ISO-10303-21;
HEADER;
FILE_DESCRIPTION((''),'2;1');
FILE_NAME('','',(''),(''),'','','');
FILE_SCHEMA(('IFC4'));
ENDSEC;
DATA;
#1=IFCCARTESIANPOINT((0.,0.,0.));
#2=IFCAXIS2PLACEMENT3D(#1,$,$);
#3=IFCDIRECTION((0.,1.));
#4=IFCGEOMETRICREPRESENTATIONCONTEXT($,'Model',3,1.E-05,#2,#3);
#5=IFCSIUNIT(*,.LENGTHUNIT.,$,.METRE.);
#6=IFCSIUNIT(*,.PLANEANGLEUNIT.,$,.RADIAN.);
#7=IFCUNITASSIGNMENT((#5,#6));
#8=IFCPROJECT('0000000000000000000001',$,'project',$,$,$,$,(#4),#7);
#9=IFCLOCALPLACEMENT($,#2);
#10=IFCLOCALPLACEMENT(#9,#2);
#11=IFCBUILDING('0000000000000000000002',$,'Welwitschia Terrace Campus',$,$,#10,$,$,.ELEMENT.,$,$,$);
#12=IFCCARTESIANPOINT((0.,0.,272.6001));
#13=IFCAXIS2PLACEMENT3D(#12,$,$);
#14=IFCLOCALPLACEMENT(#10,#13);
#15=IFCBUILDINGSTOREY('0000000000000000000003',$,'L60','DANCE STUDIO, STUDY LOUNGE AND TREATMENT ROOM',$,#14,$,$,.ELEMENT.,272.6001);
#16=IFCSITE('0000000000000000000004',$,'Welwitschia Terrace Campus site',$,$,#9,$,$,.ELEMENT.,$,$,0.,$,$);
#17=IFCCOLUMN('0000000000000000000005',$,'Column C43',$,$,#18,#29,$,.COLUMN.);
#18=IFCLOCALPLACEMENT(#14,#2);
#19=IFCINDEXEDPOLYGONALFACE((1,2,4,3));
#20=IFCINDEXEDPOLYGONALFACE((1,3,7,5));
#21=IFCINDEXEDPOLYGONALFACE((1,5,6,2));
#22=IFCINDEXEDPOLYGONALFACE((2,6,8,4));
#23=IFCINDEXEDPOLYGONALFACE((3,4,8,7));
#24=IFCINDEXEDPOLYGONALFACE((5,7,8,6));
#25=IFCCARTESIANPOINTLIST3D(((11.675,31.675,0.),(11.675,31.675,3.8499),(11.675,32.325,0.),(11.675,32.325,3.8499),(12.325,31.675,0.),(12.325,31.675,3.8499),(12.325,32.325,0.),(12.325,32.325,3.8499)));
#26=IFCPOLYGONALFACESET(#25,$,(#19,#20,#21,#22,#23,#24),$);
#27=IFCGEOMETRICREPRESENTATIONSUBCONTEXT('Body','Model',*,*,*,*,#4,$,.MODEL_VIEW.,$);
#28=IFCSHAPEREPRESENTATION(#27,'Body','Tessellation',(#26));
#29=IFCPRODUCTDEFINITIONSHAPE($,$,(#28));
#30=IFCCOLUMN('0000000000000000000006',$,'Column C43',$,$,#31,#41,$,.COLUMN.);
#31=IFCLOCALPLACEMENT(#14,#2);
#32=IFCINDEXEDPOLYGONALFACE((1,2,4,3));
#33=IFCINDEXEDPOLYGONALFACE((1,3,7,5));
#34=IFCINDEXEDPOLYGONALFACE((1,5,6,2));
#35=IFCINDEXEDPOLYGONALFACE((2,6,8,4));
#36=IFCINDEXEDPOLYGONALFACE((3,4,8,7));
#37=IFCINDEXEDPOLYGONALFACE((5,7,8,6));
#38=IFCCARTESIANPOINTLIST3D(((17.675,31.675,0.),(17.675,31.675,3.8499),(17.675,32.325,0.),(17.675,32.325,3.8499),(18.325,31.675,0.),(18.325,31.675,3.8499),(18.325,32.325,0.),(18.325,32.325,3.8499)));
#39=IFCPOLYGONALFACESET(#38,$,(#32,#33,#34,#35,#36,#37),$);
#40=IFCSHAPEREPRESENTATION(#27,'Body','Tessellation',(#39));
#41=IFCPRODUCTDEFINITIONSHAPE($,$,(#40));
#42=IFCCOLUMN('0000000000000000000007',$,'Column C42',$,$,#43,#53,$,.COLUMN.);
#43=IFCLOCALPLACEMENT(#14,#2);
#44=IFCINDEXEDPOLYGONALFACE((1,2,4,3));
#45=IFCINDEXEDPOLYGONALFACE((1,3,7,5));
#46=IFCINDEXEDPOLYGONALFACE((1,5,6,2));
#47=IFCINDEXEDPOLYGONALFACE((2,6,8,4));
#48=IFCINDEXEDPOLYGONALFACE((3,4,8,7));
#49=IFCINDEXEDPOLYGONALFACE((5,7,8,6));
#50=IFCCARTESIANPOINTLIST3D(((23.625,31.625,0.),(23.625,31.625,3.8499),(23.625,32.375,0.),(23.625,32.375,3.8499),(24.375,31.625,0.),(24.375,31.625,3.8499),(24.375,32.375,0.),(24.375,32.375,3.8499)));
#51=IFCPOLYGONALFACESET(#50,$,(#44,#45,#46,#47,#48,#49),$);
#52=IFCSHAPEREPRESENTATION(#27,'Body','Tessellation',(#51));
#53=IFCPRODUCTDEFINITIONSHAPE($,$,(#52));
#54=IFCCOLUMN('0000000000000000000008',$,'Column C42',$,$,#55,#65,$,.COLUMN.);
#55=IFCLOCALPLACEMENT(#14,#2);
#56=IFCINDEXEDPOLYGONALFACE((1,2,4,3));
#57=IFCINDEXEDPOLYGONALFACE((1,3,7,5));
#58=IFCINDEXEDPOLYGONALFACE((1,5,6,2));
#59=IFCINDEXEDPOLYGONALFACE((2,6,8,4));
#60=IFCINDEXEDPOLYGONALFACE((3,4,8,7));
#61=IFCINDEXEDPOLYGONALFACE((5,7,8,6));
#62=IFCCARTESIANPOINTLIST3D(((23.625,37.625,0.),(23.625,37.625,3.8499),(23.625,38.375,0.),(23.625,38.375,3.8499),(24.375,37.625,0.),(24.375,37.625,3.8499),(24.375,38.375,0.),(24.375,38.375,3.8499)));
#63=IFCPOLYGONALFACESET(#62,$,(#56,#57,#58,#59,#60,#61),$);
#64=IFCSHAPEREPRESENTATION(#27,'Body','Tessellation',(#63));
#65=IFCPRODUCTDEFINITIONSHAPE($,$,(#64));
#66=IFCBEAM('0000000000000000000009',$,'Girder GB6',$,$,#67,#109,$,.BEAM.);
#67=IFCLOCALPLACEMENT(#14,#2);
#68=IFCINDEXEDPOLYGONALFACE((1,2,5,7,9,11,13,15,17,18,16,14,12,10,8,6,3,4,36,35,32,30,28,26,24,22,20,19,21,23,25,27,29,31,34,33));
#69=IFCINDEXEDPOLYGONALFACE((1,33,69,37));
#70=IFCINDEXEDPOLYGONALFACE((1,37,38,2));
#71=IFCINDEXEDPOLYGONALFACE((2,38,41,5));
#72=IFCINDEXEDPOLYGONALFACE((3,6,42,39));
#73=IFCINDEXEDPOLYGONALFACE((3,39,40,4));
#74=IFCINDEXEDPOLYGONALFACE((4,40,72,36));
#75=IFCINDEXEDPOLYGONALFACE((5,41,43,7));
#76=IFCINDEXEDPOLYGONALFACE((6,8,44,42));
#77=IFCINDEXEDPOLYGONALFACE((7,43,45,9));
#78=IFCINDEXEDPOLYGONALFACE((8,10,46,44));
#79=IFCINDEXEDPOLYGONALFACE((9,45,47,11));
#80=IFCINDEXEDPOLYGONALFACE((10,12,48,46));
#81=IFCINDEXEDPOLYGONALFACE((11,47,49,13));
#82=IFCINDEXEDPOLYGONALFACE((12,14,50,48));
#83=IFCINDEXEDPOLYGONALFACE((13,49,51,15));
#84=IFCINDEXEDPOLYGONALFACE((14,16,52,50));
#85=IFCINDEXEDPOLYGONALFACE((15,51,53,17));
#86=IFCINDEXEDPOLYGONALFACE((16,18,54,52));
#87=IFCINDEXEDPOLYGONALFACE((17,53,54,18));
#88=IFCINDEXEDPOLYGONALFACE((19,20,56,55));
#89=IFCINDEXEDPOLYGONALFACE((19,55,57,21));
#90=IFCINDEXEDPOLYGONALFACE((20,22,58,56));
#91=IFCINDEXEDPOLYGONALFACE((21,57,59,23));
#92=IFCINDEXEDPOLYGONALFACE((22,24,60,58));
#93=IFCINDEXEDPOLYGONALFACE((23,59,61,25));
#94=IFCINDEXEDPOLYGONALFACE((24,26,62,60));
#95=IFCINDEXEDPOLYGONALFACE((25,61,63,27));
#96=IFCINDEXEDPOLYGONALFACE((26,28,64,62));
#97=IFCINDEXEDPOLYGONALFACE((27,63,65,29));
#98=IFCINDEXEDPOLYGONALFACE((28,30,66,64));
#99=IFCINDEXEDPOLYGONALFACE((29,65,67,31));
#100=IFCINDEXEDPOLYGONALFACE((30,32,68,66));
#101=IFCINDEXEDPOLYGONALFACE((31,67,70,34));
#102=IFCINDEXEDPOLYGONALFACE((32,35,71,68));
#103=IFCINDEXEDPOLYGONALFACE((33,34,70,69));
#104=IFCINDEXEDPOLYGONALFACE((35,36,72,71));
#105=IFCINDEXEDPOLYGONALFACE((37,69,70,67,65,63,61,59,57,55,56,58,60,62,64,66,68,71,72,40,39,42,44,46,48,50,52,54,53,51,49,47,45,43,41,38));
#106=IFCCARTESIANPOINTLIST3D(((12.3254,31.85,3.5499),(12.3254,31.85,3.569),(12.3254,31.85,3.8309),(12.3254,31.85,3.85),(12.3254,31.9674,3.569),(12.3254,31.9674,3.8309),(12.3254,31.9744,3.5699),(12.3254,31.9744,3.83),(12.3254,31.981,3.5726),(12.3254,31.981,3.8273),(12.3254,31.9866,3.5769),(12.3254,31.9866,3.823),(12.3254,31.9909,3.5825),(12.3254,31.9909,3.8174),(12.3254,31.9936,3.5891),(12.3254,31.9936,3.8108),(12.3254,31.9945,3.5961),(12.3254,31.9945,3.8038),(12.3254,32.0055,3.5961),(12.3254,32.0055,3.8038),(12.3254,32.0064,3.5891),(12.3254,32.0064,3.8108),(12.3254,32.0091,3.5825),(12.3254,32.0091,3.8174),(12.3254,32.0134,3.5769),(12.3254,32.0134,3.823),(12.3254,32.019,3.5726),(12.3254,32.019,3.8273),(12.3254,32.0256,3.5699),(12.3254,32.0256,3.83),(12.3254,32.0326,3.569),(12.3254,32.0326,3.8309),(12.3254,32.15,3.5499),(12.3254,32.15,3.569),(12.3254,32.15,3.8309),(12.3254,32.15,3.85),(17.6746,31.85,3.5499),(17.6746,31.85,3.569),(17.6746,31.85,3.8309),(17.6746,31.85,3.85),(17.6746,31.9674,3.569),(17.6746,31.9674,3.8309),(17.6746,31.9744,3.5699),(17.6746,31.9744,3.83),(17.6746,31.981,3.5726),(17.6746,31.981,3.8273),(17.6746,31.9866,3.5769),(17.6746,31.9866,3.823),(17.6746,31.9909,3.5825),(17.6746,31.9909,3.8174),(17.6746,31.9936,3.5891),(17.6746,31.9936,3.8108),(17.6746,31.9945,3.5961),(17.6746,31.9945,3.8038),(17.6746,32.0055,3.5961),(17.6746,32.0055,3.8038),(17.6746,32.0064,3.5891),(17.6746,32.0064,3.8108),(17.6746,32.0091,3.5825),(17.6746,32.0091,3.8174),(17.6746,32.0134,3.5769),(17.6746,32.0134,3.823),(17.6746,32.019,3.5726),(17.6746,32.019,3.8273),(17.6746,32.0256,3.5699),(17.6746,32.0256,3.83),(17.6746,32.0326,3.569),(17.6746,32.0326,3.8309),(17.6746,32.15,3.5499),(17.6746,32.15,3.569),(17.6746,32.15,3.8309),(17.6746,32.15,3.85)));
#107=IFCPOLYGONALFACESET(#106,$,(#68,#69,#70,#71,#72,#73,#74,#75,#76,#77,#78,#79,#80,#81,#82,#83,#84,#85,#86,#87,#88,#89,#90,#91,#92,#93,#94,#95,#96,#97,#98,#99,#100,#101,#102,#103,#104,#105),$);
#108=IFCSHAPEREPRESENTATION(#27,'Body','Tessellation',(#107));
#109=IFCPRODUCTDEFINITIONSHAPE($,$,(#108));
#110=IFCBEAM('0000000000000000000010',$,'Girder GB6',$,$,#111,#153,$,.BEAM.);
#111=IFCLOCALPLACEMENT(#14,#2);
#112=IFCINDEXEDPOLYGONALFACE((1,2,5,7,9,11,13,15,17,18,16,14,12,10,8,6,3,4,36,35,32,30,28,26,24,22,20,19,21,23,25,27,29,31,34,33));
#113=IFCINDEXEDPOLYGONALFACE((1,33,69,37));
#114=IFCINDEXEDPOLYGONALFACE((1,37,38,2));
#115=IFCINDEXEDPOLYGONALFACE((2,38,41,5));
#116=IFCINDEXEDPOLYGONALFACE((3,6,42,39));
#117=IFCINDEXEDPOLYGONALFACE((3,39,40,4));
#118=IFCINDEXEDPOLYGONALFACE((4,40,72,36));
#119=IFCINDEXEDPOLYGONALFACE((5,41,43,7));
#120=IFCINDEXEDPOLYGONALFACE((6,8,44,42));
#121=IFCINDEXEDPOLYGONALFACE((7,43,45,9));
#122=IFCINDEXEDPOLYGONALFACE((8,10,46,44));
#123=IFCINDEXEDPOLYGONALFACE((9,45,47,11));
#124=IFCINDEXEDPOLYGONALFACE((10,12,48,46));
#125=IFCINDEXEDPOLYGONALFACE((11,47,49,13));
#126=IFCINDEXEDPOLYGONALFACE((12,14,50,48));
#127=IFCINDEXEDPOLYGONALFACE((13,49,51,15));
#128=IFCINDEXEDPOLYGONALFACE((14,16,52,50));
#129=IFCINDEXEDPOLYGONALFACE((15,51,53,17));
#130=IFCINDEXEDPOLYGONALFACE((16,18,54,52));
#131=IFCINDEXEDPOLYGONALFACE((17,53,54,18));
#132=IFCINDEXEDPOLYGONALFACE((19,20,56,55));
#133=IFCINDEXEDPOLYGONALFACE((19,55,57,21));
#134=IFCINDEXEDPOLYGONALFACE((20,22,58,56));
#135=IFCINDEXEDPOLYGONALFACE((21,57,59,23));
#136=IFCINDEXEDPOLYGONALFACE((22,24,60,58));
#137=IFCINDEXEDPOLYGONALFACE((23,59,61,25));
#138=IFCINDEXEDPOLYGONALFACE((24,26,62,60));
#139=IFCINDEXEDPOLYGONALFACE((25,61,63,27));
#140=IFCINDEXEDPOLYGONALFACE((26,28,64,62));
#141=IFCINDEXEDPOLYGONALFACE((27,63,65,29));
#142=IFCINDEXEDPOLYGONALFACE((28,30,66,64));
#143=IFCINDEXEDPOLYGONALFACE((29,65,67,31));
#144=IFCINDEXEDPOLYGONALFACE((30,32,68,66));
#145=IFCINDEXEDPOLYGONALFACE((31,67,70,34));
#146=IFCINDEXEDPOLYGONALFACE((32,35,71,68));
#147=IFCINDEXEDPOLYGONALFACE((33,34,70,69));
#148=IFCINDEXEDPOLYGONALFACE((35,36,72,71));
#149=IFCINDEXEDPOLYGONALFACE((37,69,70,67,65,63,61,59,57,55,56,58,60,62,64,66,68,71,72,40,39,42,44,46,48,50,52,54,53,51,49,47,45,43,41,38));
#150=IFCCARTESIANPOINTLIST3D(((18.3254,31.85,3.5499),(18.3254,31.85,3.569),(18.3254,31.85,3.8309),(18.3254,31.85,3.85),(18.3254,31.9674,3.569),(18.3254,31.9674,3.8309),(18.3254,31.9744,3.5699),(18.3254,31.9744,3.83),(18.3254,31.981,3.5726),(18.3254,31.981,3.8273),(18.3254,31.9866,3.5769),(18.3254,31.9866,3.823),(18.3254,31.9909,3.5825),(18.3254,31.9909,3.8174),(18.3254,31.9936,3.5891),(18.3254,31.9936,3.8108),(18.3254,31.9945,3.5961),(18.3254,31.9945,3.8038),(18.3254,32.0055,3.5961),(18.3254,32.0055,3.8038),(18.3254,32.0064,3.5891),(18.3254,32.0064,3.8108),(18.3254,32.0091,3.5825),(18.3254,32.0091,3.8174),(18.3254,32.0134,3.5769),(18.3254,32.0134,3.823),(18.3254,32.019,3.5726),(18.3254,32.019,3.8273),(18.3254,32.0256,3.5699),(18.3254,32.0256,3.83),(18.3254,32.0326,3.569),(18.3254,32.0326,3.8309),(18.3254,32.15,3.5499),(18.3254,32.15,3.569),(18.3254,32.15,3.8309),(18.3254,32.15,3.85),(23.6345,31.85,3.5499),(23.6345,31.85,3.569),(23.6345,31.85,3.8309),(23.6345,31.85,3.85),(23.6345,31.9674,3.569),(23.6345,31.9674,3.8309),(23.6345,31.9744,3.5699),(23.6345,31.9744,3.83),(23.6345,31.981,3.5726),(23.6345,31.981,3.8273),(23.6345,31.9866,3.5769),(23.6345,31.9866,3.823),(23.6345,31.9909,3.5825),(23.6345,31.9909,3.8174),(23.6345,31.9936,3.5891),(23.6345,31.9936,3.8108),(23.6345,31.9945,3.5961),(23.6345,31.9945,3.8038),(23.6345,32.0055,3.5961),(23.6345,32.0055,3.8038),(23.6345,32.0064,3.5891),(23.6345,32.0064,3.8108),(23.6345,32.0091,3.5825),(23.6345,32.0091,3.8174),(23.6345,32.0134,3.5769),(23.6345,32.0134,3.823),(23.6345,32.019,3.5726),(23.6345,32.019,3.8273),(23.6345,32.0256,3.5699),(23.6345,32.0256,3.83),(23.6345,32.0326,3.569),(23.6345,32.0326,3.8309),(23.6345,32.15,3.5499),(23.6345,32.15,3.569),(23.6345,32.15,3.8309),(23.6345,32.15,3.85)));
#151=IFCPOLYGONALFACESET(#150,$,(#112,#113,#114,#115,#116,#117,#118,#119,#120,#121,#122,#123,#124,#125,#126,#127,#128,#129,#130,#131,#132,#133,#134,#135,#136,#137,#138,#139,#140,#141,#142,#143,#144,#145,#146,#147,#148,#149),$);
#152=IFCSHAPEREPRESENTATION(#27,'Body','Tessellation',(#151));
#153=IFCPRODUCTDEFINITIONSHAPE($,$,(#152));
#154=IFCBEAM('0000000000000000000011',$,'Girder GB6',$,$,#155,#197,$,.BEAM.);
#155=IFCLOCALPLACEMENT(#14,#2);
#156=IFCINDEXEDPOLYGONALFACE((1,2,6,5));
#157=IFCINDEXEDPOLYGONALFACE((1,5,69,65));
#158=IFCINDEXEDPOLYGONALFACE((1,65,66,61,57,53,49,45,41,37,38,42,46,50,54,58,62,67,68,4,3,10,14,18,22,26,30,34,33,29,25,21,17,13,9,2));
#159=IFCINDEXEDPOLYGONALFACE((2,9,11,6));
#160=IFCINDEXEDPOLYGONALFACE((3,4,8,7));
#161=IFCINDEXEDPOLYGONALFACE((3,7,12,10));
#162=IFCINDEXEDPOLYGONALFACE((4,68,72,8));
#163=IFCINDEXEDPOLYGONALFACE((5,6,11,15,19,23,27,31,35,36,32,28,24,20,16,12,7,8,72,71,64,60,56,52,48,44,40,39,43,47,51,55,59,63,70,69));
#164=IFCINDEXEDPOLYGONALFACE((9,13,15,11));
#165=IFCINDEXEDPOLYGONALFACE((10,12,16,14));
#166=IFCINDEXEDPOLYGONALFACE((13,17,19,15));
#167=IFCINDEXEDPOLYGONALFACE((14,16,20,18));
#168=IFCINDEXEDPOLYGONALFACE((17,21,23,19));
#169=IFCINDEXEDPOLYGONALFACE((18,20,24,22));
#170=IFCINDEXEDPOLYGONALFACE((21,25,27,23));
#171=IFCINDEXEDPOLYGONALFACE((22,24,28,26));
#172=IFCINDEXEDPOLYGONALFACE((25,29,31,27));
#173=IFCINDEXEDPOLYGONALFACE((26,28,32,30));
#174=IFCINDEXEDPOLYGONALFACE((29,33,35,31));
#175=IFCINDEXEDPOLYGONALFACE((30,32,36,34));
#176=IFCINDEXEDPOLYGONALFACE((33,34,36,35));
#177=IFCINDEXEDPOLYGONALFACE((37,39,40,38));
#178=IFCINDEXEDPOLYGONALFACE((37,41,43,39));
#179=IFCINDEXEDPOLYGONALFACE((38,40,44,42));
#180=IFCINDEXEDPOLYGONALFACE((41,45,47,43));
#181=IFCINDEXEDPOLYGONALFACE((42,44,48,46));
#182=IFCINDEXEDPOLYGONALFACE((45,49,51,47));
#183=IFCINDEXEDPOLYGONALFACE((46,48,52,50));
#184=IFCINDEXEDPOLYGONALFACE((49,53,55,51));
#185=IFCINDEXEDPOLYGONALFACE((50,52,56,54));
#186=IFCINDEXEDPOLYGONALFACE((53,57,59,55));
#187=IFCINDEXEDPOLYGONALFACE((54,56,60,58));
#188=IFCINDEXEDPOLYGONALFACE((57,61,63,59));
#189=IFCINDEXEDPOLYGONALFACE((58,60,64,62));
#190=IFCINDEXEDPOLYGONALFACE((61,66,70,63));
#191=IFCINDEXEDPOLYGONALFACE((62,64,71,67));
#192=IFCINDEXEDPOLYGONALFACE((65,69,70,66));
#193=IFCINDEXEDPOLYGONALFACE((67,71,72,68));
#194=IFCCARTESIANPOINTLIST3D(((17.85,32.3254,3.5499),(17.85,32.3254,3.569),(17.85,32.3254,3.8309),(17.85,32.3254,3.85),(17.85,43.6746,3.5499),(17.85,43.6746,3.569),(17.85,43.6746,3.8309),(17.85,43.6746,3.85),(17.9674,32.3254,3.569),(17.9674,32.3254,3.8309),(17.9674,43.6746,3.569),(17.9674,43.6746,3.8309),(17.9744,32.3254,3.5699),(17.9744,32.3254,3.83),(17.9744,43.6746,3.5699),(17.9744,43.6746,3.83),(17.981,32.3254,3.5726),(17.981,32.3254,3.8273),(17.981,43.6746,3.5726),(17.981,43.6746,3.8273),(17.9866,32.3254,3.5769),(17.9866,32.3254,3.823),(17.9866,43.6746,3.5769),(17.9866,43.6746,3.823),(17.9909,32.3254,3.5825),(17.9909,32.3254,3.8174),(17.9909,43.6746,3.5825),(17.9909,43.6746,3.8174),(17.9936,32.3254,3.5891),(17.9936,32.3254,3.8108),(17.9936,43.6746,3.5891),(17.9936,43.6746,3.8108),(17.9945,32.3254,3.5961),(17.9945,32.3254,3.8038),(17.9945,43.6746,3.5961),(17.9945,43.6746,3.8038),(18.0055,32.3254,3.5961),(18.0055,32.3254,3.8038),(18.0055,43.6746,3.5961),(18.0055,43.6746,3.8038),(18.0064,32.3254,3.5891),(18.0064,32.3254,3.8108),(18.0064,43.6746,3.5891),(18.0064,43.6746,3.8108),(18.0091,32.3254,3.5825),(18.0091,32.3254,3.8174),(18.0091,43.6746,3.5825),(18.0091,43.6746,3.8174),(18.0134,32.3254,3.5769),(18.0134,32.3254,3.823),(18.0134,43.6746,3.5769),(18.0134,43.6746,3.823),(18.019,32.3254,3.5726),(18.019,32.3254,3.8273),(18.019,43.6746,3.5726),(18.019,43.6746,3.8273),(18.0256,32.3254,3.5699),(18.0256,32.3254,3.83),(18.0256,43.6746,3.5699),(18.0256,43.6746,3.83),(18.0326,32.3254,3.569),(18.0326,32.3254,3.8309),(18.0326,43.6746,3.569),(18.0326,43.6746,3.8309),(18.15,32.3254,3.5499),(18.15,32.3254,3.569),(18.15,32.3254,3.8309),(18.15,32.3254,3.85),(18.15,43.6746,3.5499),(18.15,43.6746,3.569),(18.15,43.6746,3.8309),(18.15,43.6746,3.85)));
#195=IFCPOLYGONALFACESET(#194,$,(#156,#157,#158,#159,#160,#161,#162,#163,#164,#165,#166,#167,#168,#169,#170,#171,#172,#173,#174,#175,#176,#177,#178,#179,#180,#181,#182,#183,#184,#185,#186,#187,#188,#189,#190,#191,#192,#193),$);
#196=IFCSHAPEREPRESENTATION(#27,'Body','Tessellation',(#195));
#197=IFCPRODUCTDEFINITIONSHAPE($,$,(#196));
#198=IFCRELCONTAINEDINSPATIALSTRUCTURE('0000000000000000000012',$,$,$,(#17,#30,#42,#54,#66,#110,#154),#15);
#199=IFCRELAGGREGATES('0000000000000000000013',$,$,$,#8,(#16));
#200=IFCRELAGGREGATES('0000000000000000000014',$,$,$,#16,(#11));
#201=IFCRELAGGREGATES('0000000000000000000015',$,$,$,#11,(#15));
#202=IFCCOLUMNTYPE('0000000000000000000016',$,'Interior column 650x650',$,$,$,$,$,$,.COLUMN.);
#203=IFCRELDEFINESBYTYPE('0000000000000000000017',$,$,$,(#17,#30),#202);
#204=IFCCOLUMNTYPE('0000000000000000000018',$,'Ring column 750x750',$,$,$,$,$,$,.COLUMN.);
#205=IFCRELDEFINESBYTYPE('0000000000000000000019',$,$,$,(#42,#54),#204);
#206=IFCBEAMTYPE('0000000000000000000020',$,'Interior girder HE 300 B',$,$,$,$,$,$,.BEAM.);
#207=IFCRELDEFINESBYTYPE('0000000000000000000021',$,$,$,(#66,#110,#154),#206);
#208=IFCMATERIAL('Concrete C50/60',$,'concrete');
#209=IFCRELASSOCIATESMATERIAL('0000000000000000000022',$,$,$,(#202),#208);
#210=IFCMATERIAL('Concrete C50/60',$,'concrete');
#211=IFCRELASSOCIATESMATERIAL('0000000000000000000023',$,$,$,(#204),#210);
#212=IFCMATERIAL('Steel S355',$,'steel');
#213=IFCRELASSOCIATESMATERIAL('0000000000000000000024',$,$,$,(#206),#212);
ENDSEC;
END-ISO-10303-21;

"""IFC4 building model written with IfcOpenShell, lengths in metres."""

from ifc_helpers import new_model, si_unit, direction, frame, origin, origin_2d, place, context, subcontext, project, spatial, rectangle, i_section, extrude, material, material_profile, profile_set, type_object, element, save


model = new_model("IFC4")

# Units and contexts
model_context = context("Model", 3, precision=1e-05, world=origin(), true_north=direction((0.0, 1.0)))
body_context = subcontext(model_context, "Body", "Model", "MODEL_VIEW")
ifc_project = project(units=[si_unit("LENGTHUNIT", "METRE"), si_unit("PLANEANGLEUNIT", "RADIAN")], contexts=[model_context])

# Site, building, storey
site_placement = place(None, origin())
site = spatial("IfcSite", under=ifc_project, at=site_placement, Name="Welwitschia Terrace Campus site", CompositionType="ELEMENT", RefElevation=0.0)
building_placement = place(site_placement, origin())
building = spatial("IfcBuilding", under=site, at=building_placement, Name="Welwitschia Terrace Campus", CompositionType="ELEMENT")
storey_placement = place(building_placement, frame((0.0, 0.0, 272.6001)))
storey = spatial("IfcBuildingStorey", under=building, at=storey_placement, Name="L60", Description="DANCE STUDIO, STUDY LOUNGE AND TREATMENT ROOM", CompositionType="ELEMENT", Elevation=272.6001)

# Columns
ifc_material_1 = material(Name="Concrete C50/60", Category="concrete")
ifc_material_profile_1 = material_profile(ifc_material_1, rectangle(XDim=0.6499, YDim=0.6499, at=origin_2d()))
ifc_profile_set_1 = profile_set([ifc_material_profile_1], Name="Concrete C50/60")
column_type_1 = type_object("IfcColumnType", Name="Interior column 650x650", PredefinedType="COLUMN", material=ifc_profile_set_1)
for number, where, z_axis, x_axis, name in (
    (1, (12.0, 32.0, 0.0), (0.0, 0.0, 1.0), (1.0, 0.0, 0.0), "Column C43"),
    (2, (18.0, 32.0, 0.0), (0.0, 0.0, 1.0), (1.0, 0.0, 0.0), "Column C43"),
):
    element("IfcColumn", number, at=place(storey_placement, frame(where, z_axis=z_axis, x_axis=x_axis)), inside=storey, type_object=column_type_1, Name=name, PredefinedType="COLUMN", context=body_context, shape_type="SweptSolid", body=[
        extrude(rectangle(XDim=0.6499, YDim=0.6499, at=origin_2d()), origin(), (0.0, 0.0, 1.0), 3.8499),
    ])
ifc_material_2 = material(Name="Concrete C50/60", Category="concrete")
ifc_material_profile_2 = material_profile(ifc_material_2, rectangle(XDim=0.75, YDim=0.75, at=origin_2d()))
ifc_profile_set_2 = profile_set([ifc_material_profile_2], Name="Concrete C50/60")
column_type_2 = type_object("IfcColumnType", Name="Ring column 750x750", PredefinedType="COLUMN", material=ifc_profile_set_2)
for number, where, z_axis, x_axis, name in (
    (3, (24.0, 32.0, 0.0), (0.0, 0.0, 1.0), (1.0, 0.0, 0.0), "Column C42"),
    (4, (24.0, 38.0, 0.0), (0.0, 0.0, 1.0), (1.0, 0.0, 0.0), "Column C42"),
):
    element("IfcColumn", number, at=place(storey_placement, frame(where, z_axis=z_axis, x_axis=x_axis)), inside=storey, type_object=column_type_2, Name=name, PredefinedType="COLUMN", context=body_context, shape_type="SweptSolid", body=[
        extrude(rectangle(XDim=0.75, YDim=0.75, at=origin_2d()), origin(), (0.0, 0.0, 1.0), 3.8499),
    ])

# Beams
ifc_material_3 = material(Name="Steel S355", Category="steel")
ifc_material_profile_3 = material_profile(ifc_material_3, i_section(OverallWidth=0.3, OverallDepth=0.3, WebThickness=0.011, FlangeThickness=0.019, FilletRadius=0.0271, at=origin_2d()))
ifc_profile_set_3 = profile_set([ifc_material_profile_3], Name="Steel S355")
beam_type_1 = type_object("IfcBeamType", Name="Interior girder HE 300 B", PredefinedType="BEAM", material=ifc_profile_set_3)
beam_1_placement = place(storey_placement, frame((12.3254, 32.0, 3.7), z_axis=(1.0, 0.0, 0.0), x_axis=(0.0, 1.0, 0.0)))
element("IfcBeam", 5, at=beam_1_placement, inside=storey, type_object=beam_type_1, Name="Girder GB6", PredefinedType="BEAM", context=body_context, shape_type="SweptSolid", body=[
    extrude(i_section(OverallWidth=0.3, OverallDepth=0.3, WebThickness=0.011, FlangeThickness=0.019, FilletRadius=0.0271, at=origin_2d()), origin(), (0.0, 0.0, 1.0), 5.3491),
])
beam_2_placement = place(storey_placement, frame((18.3254, 32.0, 3.7), z_axis=(1.0, 0.0, 0.0), x_axis=(0.0, 1.0, 0.0)))
element("IfcBeam", 6, at=beam_2_placement, inside=storey, type_object=beam_type_1, Name="Girder GB6", PredefinedType="BEAM", context=body_context, shape_type="SweptSolid", body=[
    extrude(i_section(OverallWidth=0.3, OverallDepth=0.3, WebThickness=0.011, FlangeThickness=0.019, FilletRadius=0.0271, at=origin_2d()), origin(), (0.0, 0.0, 1.0), 5.3091),
])
beam_3_placement = place(storey_placement, frame((18.0, 32.3254, 3.7), z_axis=(0.0, 1.0, 0.0), x_axis=(-1.0, 0.0, 0.0)))
element("IfcBeam", 7, at=beam_3_placement, inside=storey, type_object=beam_type_1, Name="Girder GB6", PredefinedType="BEAM", context=body_context, shape_type="SweptSolid", body=[
    extrude(i_section(OverallWidth=0.3, OverallDepth=0.3, WebThickness=0.011, FlangeThickness=0.019, FilletRadius=0.0271, at=origin_2d()), origin(), (0.0, 0.0, 1.0), 11.3491),
])

save(model, "model.ifc")
